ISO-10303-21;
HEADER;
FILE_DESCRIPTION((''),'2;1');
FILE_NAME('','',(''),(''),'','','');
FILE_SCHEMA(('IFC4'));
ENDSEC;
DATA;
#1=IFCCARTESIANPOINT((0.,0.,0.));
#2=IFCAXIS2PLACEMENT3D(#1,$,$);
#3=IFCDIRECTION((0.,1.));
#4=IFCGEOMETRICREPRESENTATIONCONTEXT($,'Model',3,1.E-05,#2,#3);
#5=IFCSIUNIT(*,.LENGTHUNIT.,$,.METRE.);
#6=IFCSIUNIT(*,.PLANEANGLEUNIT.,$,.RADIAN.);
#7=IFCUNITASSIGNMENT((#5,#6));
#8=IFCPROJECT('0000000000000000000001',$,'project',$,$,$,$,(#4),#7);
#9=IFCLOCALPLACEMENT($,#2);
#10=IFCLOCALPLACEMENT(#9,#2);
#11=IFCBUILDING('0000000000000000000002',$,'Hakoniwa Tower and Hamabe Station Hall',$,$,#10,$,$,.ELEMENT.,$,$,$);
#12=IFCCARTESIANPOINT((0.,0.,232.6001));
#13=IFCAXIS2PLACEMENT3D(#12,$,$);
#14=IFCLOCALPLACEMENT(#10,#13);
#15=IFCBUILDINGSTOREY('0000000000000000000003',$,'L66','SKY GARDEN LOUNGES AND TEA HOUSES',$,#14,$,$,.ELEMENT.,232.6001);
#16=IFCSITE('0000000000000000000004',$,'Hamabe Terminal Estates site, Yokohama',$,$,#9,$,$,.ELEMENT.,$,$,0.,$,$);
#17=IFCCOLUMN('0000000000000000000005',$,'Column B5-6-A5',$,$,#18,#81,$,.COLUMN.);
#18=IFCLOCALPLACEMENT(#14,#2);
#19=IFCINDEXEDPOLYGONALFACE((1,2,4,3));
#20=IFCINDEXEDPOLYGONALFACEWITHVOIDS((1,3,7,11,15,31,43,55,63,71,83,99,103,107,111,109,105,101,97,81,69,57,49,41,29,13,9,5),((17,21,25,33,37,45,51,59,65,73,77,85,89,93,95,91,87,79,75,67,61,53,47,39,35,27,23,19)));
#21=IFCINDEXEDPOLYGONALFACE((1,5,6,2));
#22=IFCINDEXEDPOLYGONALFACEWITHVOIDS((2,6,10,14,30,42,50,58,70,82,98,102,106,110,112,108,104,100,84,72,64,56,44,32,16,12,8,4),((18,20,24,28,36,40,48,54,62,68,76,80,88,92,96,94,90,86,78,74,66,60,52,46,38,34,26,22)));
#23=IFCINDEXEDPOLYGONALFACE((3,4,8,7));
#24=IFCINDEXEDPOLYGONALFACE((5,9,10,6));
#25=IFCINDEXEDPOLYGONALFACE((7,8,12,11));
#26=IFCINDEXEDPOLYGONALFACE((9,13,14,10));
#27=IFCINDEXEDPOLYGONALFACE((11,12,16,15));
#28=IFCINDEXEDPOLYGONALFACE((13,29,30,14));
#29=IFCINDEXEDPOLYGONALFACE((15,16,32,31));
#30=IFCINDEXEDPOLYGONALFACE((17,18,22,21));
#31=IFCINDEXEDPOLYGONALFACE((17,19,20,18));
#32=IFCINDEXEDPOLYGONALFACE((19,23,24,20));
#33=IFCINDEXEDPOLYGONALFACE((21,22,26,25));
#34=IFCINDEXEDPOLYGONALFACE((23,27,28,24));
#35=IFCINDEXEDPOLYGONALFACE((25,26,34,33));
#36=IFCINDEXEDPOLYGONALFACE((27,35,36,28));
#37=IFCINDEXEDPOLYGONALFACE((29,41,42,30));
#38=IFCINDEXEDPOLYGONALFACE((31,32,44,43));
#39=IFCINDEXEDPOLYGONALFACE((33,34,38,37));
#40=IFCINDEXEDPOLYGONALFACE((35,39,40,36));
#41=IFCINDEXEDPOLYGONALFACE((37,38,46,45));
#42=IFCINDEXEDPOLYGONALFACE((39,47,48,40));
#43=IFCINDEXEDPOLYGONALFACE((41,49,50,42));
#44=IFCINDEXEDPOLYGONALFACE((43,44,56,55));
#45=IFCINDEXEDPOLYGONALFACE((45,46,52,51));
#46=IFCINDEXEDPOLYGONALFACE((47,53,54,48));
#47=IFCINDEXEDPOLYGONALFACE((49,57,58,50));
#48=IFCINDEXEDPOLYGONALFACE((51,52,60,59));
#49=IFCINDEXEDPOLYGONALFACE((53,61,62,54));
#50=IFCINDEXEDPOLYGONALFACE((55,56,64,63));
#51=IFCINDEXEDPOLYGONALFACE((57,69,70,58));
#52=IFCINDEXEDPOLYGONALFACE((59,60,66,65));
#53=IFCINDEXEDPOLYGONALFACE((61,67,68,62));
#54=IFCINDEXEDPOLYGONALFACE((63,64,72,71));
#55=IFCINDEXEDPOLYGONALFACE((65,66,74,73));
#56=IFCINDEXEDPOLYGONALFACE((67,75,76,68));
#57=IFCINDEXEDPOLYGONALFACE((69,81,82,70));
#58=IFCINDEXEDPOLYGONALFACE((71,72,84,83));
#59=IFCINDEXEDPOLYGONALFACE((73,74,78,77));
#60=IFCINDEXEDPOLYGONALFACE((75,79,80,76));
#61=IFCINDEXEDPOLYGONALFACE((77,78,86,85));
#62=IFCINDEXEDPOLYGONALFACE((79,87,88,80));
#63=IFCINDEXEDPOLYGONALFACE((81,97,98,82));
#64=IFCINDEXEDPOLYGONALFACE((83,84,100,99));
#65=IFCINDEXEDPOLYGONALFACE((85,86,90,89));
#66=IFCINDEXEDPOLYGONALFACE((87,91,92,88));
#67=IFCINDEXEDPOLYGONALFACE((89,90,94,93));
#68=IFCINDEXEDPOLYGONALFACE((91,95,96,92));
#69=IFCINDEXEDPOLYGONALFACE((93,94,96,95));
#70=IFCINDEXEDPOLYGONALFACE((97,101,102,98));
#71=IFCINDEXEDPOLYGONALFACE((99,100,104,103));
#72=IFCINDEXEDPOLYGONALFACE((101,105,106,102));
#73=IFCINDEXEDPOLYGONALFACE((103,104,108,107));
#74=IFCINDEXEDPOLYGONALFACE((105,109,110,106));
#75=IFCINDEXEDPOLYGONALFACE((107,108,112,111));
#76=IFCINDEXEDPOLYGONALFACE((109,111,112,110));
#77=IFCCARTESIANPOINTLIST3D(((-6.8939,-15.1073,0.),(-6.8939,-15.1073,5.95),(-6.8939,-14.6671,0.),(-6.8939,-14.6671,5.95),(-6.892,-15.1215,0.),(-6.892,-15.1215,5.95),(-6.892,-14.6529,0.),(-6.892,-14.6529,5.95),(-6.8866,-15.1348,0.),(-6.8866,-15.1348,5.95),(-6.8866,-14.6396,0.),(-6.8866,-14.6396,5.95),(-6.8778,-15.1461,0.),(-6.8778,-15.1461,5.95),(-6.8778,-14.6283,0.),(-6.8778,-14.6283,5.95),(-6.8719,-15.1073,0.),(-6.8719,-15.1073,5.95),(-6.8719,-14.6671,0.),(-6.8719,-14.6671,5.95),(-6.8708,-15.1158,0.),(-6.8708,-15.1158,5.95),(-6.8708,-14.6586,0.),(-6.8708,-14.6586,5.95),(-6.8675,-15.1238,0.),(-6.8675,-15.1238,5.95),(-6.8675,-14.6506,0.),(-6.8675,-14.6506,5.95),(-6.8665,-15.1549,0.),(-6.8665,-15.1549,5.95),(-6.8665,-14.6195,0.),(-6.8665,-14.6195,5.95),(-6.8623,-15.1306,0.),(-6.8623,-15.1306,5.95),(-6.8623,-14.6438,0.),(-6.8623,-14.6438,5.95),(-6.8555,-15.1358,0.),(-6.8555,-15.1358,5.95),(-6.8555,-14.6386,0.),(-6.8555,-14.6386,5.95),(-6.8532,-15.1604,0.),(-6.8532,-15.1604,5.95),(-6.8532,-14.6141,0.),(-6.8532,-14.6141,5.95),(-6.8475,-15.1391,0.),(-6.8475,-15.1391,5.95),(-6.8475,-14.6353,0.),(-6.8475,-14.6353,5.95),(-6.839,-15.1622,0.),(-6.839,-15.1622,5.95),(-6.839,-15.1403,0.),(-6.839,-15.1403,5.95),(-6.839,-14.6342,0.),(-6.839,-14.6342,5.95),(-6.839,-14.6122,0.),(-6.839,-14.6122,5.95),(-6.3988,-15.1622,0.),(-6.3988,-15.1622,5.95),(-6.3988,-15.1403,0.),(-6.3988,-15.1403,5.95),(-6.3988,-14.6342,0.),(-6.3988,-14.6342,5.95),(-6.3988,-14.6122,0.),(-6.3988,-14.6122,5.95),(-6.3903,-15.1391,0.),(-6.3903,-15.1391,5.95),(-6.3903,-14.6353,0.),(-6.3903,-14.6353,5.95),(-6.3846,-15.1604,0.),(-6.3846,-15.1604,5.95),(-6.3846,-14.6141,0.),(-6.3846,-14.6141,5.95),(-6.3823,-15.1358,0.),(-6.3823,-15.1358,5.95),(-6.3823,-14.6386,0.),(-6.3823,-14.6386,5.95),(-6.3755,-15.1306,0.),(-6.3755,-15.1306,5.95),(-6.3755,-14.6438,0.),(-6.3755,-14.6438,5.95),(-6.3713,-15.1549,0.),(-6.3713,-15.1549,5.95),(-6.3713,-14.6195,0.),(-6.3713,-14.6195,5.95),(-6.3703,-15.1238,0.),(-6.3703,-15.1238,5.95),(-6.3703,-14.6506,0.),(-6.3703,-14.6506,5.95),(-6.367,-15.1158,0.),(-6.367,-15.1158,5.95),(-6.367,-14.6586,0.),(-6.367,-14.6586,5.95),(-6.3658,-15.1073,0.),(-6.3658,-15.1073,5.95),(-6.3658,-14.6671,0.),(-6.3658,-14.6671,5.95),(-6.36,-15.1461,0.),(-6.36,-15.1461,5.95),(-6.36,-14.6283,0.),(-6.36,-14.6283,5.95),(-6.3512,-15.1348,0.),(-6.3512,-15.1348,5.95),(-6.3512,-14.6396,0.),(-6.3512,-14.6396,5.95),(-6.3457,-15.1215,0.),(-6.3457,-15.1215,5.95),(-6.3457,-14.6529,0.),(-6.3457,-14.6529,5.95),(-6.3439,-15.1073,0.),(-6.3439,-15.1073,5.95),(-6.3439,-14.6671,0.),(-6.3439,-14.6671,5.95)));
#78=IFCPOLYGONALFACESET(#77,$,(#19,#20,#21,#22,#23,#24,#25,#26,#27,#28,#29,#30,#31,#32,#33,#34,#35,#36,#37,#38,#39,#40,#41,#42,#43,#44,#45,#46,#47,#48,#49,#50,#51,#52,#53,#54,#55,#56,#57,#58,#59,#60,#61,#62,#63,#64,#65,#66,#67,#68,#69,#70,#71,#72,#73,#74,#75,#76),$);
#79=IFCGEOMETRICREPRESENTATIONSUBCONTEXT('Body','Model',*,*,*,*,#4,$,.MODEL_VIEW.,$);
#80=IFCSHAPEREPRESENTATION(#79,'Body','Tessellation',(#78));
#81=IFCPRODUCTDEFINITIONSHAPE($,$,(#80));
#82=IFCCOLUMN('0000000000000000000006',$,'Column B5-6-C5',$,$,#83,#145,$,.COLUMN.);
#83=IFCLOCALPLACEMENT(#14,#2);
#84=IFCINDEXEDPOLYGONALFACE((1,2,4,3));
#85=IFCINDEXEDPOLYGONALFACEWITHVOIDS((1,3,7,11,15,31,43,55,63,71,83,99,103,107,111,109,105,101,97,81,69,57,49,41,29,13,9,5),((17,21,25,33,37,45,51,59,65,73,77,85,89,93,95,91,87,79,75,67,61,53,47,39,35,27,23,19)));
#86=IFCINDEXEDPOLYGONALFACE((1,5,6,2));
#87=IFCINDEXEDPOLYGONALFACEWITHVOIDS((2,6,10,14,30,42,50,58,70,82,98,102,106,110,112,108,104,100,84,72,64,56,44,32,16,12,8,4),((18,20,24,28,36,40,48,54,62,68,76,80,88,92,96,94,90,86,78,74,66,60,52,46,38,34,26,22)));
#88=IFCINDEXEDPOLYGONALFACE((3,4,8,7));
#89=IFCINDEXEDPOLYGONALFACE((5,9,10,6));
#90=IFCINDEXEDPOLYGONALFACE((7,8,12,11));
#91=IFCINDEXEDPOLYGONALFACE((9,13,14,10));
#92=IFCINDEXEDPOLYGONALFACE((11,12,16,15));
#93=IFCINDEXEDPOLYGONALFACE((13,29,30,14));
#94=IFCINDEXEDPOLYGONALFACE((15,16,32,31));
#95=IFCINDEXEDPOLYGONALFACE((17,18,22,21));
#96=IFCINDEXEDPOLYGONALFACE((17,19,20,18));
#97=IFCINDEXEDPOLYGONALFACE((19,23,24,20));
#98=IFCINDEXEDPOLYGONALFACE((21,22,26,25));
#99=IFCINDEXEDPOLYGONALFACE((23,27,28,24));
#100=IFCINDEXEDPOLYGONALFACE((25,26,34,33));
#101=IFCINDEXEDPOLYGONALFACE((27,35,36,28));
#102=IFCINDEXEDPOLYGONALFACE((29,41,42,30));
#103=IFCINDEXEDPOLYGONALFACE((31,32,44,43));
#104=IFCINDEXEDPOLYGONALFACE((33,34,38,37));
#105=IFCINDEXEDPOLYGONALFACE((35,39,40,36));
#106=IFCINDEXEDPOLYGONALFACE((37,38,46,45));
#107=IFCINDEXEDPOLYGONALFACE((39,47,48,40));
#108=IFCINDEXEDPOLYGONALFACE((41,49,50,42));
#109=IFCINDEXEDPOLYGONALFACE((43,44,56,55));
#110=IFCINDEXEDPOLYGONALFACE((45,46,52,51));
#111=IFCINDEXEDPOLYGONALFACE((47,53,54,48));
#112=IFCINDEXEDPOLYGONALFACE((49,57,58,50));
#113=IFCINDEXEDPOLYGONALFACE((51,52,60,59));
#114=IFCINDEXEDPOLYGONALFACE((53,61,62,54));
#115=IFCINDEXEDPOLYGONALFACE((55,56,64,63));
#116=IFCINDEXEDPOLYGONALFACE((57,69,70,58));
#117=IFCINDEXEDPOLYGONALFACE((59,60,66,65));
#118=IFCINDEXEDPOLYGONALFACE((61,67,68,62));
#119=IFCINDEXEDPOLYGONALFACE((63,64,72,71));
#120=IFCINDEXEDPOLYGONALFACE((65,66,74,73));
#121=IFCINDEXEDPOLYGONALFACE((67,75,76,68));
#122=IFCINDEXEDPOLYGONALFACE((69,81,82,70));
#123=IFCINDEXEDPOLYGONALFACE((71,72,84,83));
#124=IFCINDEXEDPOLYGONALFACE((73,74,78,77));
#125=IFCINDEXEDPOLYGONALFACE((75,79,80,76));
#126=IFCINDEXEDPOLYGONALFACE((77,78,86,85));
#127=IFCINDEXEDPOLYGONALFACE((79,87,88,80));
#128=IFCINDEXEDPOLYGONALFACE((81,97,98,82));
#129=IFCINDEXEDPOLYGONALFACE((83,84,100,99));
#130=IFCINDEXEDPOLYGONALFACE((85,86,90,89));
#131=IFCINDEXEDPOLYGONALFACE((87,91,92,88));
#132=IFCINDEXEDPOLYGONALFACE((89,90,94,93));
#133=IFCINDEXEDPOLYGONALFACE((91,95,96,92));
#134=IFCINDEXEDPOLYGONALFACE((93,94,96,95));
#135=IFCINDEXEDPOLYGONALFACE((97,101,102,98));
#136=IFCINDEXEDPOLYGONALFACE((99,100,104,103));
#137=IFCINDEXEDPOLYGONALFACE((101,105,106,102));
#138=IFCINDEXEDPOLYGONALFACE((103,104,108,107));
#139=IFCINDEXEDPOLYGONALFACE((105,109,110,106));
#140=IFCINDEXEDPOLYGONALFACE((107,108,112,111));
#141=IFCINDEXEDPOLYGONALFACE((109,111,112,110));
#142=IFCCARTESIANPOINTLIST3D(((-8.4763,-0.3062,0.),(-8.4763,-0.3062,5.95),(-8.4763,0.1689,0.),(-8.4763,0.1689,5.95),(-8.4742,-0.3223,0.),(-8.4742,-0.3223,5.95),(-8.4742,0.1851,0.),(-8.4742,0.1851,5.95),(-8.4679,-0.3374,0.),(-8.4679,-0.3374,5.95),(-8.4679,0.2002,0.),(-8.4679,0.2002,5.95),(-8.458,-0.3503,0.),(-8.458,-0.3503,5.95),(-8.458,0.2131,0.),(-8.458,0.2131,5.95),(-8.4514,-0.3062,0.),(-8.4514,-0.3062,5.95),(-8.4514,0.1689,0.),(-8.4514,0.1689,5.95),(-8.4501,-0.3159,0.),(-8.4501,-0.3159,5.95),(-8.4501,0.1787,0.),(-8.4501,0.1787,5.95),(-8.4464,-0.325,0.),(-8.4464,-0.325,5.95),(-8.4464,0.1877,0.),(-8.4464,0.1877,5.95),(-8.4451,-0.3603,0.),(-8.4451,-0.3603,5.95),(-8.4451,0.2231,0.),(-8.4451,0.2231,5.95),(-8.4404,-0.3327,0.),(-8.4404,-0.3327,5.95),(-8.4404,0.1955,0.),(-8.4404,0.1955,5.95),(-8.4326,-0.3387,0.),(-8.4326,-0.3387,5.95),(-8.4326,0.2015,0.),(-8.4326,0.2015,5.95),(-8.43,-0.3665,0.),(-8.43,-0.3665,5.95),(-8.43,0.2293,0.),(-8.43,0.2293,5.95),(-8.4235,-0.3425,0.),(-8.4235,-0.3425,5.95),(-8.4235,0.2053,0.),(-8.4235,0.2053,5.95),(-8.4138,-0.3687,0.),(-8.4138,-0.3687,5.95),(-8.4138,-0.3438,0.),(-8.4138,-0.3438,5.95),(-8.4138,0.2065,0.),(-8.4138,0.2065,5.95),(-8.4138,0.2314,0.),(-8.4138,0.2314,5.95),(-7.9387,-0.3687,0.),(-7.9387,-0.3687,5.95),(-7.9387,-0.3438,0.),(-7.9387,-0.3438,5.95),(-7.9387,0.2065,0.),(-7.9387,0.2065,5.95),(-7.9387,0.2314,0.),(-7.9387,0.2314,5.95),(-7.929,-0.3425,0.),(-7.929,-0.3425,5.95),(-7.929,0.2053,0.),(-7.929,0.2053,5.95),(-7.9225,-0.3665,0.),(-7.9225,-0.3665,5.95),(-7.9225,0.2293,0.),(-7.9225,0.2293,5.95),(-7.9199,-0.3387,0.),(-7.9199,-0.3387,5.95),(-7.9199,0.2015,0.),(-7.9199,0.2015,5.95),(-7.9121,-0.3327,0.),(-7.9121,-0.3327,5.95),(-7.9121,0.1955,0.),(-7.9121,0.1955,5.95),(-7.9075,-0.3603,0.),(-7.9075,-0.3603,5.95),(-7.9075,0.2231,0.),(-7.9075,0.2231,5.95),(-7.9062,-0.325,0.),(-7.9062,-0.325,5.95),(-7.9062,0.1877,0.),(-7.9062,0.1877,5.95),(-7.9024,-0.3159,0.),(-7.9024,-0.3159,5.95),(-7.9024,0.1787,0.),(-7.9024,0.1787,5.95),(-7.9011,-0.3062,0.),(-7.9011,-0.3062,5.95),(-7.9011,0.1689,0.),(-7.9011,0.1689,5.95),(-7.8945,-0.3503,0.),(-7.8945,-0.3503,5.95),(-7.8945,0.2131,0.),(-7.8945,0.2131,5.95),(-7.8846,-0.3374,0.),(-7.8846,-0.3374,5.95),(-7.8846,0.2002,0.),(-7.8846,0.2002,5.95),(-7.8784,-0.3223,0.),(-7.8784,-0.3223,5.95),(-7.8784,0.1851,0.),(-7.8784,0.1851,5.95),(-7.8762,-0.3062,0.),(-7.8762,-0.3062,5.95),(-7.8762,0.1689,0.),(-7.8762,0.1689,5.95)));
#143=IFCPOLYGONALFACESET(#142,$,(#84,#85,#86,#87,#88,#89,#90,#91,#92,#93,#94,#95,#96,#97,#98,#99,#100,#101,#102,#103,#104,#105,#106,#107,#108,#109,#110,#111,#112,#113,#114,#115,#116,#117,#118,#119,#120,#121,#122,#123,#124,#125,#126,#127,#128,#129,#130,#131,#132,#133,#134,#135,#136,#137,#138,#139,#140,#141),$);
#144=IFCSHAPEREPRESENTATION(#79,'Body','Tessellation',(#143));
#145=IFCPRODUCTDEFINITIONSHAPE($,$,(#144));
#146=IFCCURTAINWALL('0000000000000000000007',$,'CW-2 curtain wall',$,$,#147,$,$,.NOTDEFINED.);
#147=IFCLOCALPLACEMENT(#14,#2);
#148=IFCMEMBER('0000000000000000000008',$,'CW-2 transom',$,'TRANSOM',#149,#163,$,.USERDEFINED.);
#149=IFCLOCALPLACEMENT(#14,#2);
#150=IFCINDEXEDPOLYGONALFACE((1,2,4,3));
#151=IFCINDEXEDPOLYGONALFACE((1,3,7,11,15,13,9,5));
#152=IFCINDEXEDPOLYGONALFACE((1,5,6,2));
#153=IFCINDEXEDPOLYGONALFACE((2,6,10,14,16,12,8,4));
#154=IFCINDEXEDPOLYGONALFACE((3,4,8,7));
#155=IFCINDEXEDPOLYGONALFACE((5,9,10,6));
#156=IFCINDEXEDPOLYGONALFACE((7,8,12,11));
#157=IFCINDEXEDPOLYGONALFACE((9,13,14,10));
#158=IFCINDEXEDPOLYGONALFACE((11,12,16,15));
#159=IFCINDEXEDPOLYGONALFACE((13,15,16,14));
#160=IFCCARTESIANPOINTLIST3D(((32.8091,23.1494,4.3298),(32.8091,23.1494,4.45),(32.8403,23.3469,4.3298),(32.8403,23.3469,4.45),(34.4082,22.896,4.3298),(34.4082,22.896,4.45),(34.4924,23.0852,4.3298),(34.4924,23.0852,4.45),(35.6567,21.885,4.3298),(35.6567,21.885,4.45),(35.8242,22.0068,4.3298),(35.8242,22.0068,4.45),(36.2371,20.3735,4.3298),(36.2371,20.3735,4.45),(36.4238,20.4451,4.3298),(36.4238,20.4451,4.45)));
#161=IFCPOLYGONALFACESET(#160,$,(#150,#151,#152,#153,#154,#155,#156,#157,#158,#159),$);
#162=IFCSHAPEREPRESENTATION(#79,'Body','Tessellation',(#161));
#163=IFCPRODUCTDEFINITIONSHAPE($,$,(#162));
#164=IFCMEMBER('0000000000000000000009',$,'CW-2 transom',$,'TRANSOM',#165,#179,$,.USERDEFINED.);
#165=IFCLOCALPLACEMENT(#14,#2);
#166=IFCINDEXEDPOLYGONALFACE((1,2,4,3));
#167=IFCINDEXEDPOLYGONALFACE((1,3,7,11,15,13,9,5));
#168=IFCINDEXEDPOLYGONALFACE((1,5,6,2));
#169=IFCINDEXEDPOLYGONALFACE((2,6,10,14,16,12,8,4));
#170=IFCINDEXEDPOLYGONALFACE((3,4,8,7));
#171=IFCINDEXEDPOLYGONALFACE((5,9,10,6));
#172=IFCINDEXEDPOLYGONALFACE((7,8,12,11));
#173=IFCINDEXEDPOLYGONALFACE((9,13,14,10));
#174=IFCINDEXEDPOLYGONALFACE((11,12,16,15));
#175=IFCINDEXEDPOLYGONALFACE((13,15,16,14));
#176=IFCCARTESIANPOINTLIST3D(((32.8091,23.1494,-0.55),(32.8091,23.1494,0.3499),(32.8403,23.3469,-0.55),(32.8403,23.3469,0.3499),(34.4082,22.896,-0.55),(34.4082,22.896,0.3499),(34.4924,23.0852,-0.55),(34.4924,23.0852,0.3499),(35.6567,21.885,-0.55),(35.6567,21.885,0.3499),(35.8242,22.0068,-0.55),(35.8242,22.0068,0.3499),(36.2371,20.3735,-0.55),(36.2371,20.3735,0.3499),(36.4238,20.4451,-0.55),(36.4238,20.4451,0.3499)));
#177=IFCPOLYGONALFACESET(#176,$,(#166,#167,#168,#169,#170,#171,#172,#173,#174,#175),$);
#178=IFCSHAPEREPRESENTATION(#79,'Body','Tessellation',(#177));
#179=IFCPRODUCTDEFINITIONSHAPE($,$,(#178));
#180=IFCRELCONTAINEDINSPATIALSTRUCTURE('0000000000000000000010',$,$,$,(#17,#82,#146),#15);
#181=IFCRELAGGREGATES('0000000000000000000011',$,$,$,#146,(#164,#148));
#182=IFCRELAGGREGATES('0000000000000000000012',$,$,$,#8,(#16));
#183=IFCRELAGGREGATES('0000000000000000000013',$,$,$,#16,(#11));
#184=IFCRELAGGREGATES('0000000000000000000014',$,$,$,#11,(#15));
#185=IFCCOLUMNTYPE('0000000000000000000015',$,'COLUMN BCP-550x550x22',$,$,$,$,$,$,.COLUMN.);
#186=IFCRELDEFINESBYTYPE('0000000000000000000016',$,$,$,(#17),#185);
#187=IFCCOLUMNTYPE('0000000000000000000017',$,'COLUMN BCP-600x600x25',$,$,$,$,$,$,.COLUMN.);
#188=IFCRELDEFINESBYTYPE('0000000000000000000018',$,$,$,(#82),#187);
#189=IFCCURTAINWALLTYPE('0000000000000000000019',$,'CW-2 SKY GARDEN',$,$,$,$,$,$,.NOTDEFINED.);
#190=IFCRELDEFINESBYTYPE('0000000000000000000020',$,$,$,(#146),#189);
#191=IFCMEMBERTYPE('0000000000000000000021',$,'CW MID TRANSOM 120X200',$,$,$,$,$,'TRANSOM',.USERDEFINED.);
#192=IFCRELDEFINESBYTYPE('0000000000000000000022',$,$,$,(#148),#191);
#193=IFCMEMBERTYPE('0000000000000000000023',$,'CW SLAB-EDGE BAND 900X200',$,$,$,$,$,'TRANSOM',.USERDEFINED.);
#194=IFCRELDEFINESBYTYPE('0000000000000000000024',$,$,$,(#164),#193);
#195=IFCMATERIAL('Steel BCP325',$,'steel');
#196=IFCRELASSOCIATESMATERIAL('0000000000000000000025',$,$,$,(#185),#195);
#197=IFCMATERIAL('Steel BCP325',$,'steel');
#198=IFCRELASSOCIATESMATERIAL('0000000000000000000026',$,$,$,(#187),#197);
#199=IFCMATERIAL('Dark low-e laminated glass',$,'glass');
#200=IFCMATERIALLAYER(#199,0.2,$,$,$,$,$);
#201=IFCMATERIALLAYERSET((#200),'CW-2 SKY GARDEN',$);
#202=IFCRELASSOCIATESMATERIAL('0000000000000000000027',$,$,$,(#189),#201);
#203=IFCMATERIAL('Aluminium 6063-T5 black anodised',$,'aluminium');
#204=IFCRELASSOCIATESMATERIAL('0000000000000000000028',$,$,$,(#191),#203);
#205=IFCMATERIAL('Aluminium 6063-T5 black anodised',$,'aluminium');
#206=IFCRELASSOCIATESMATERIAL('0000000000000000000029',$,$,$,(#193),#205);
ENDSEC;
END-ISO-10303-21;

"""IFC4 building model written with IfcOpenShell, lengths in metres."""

from ifc_helpers import new_model, si_unit, direction, frame, origin, origin_2d, place, context, subcontext, project, spatial, polyline, rectangle, hollow_rectangle, outline, extrude, material, layer, layer_set, material_profile, profile_set, type_object, element, aggregate, save


model = new_model("IFC4")

# Units and contexts
model_context = context("Model", 3, precision=1e-05, world=origin(), true_north=direction((0.0, 1.0)))
body_context = subcontext(model_context, "Body", "Model", "MODEL_VIEW")
ifc_project = project(units=[si_unit("LENGTHUNIT", "METRE"), si_unit("PLANEANGLEUNIT", "RADIAN")], contexts=[model_context])

# Site, building, storey
site_placement = place(None, origin())
site = spatial("IfcSite", under=ifc_project, at=site_placement, Name="Hamabe Terminal Estates site, Yokohama", CompositionType="ELEMENT", RefElevation=0.0)
building_placement = place(site_placement, origin())
building = spatial("IfcBuilding", under=site, at=building_placement, Name="Hakoniwa Tower and Hamabe Station Hall", CompositionType="ELEMENT")
storey_placement = place(building_placement, frame((0.0, 0.0, 232.6001)))
storey = spatial("IfcBuildingStorey", under=building, at=storey_placement, Name="L66", Description="SKY GARDEN LOUNGES AND TEA HOUSES", CompositionType="ELEMENT", Elevation=232.6001)

# Columns
ifc_material_1 = material(Name="Steel BCP325", Category="steel")
ifc_material_profile_1 = material_profile(ifc_material_1, hollow_rectangle(XDim=0.55, YDim=0.55, WallThickness=0.022, InnerFilletRadius=0.033, OuterFilletRadius=0.0549, at=origin_2d()), Name="BCP-550x550x22")
ifc_profile_set_1 = profile_set([ifc_material_profile_1], Name="Steel BCP325")
column_type_1 = type_object("IfcColumnType", Name="COLUMN BCP-550x550x22", PredefinedType="COLUMN", material=ifc_profile_set_1)
column_1_placement = place(storey_placement, frame((-6.6189, -14.8872, 0.0), z_axis=(0.0, 0.0, 1.0), x_axis=(1.0, 0.0, 0.0)))
element("IfcColumn", 1, at=column_1_placement, inside=storey, type_object=column_type_1, Name="Column B5-6-A5", PredefinedType="COLUMN", context=body_context, shape_type="SweptSolid", body=[
    extrude(hollow_rectangle(XDim=0.55, YDim=0.55, WallThickness=0.022, InnerFilletRadius=0.033, OuterFilletRadius=0.0549, at=origin_2d()), origin(), (0.0, 0.0, 1.0), 5.95),
])
ifc_material_2 = material(Name="Steel BCP325", Category="steel")
ifc_material_profile_2 = material_profile(ifc_material_2, hollow_rectangle(XDim=0.6001, YDim=0.6001, WallThickness=0.0249, InnerFilletRadius=0.0376, OuterFilletRadius=0.0625, at=origin_2d()), Name="BCP-600x600x25")
ifc_profile_set_2 = profile_set([ifc_material_profile_2], Name="Steel BCP325")
column_type_2 = type_object("IfcColumnType", Name="COLUMN BCP-600x600x25", PredefinedType="COLUMN", material=ifc_profile_set_2)
column_2_placement = place(storey_placement, frame((-8.1763, -0.0686, 0.0), z_axis=(0.0, 0.0, 1.0), x_axis=(1.0, 0.0, 0.0)))
element("IfcColumn", 2, at=column_2_placement, inside=storey, type_object=column_type_2, Name="Column B5-6-C5", PredefinedType="COLUMN", context=body_context, shape_type="SweptSolid", body=[
    extrude(hollow_rectangle(XDim=0.6001, YDim=0.6001, WallThickness=0.0249, InnerFilletRadius=0.0376, OuterFilletRadius=0.0625, at=origin_2d()), origin(), (0.0, 0.0, 1.0), 5.95),
])

# Curtain wall, members
ifc_material_3 = material(Name="Dark low-e laminated glass", Category="glass")
ifc_layer_1 = layer(ifc_material_3, 0.2)
ifc_layer_set_1 = layer_set([ifc_layer_1], Name="CW-2 SKY GARDEN")
curtain_wall_type = type_object("IfcCurtainWallType", Name="CW-2 SKY GARDEN", PredefinedType="NOTDEFINED", material=ifc_layer_set_1)
curtain_wall_1_placement = place(storey_placement, origin())
curtain_wall_1 = element("IfcCurtainWall", 3, at=curtain_wall_1_placement, inside=storey, type_object=curtain_wall_type, Name="CW-2 curtain wall", PredefinedType="NOTDEFINED")
ifc_material_4 = material(Name="Aluminium 6063-T5 black anodised", Category="aluminium")
ifc_material_profile_3 = material_profile(ifc_material_4, rectangle(XDim=0.2, YDim=0.1201, at=origin_2d()), Name="CW MID TRANSOM 120X200")
ifc_profile_set_3 = profile_set([ifc_material_profile_3], Name="Aluminium 6063-T5 black anodised")
member_type_1 = type_object("IfcMemberType", Name="CW MID TRANSOM 120X200", ElementType="TRANSOM", PredefinedType="USERDEFINED", material=ifc_profile_set_3)
member_1_placement = place(storey_placement, frame((0.0, 0.0, 4.3298)))
member_1 = element("IfcMember", 4, at=member_1_placement, type_object=member_type_1, Name="CW-2 transom", ObjectType="TRANSOM", PredefinedType="USERDEFINED", context=body_context, shape_type="SweptSolid", body=[
    extrude(outline(polyline([(36.4238, 20.4451), (35.8242, 22.0068), (34.4924, 23.0852), (32.8403, 23.3469), (32.8091, 23.1494), (34.4082, 22.896), (35.6567, 21.885), (36.2371, 20.3735), (36.4238, 20.4451)])), origin(), (0.0, 0.0, 1.0), 0.1201),
])
ifc_material_5 = material(Name="Aluminium 6063-T5 black anodised", Category="aluminium")
ifc_material_profile_4 = material_profile(ifc_material_5, rectangle(XDim=0.2, YDim=0.8999, at=origin_2d()), Name="CW SLAB-EDGE BAND 900X200")
ifc_profile_set_4 = profile_set([ifc_material_profile_4], Name="Aluminium 6063-T5 black anodised")
member_type_2 = type_object("IfcMemberType", Name="CW SLAB-EDGE BAND 900X200", ElementType="TRANSOM", PredefinedType="USERDEFINED", material=ifc_profile_set_4)
member_2_placement = place(storey_placement, frame((0.0, 0.0, -0.55)))
member_2 = element("IfcMember", 5, at=member_2_placement, type_object=member_type_2, Name="CW-2 transom", ObjectType="TRANSOM", PredefinedType="USERDEFINED", context=body_context, shape_type="SweptSolid", body=[
    extrude(outline(polyline([(36.4238, 20.4451), (35.8242, 22.0068), (34.4924, 23.0852), (32.8403, 23.3469), (32.8091, 23.1494), (34.4082, 22.896), (35.6567, 21.885), (36.2371, 20.3735), (36.4238, 20.4451)])), origin(), (0.0, 0.0, 1.0), 0.8999),
])

aggregate(curtain_wall_1, [member_2, member_1])

save(model, "model.ifc")
